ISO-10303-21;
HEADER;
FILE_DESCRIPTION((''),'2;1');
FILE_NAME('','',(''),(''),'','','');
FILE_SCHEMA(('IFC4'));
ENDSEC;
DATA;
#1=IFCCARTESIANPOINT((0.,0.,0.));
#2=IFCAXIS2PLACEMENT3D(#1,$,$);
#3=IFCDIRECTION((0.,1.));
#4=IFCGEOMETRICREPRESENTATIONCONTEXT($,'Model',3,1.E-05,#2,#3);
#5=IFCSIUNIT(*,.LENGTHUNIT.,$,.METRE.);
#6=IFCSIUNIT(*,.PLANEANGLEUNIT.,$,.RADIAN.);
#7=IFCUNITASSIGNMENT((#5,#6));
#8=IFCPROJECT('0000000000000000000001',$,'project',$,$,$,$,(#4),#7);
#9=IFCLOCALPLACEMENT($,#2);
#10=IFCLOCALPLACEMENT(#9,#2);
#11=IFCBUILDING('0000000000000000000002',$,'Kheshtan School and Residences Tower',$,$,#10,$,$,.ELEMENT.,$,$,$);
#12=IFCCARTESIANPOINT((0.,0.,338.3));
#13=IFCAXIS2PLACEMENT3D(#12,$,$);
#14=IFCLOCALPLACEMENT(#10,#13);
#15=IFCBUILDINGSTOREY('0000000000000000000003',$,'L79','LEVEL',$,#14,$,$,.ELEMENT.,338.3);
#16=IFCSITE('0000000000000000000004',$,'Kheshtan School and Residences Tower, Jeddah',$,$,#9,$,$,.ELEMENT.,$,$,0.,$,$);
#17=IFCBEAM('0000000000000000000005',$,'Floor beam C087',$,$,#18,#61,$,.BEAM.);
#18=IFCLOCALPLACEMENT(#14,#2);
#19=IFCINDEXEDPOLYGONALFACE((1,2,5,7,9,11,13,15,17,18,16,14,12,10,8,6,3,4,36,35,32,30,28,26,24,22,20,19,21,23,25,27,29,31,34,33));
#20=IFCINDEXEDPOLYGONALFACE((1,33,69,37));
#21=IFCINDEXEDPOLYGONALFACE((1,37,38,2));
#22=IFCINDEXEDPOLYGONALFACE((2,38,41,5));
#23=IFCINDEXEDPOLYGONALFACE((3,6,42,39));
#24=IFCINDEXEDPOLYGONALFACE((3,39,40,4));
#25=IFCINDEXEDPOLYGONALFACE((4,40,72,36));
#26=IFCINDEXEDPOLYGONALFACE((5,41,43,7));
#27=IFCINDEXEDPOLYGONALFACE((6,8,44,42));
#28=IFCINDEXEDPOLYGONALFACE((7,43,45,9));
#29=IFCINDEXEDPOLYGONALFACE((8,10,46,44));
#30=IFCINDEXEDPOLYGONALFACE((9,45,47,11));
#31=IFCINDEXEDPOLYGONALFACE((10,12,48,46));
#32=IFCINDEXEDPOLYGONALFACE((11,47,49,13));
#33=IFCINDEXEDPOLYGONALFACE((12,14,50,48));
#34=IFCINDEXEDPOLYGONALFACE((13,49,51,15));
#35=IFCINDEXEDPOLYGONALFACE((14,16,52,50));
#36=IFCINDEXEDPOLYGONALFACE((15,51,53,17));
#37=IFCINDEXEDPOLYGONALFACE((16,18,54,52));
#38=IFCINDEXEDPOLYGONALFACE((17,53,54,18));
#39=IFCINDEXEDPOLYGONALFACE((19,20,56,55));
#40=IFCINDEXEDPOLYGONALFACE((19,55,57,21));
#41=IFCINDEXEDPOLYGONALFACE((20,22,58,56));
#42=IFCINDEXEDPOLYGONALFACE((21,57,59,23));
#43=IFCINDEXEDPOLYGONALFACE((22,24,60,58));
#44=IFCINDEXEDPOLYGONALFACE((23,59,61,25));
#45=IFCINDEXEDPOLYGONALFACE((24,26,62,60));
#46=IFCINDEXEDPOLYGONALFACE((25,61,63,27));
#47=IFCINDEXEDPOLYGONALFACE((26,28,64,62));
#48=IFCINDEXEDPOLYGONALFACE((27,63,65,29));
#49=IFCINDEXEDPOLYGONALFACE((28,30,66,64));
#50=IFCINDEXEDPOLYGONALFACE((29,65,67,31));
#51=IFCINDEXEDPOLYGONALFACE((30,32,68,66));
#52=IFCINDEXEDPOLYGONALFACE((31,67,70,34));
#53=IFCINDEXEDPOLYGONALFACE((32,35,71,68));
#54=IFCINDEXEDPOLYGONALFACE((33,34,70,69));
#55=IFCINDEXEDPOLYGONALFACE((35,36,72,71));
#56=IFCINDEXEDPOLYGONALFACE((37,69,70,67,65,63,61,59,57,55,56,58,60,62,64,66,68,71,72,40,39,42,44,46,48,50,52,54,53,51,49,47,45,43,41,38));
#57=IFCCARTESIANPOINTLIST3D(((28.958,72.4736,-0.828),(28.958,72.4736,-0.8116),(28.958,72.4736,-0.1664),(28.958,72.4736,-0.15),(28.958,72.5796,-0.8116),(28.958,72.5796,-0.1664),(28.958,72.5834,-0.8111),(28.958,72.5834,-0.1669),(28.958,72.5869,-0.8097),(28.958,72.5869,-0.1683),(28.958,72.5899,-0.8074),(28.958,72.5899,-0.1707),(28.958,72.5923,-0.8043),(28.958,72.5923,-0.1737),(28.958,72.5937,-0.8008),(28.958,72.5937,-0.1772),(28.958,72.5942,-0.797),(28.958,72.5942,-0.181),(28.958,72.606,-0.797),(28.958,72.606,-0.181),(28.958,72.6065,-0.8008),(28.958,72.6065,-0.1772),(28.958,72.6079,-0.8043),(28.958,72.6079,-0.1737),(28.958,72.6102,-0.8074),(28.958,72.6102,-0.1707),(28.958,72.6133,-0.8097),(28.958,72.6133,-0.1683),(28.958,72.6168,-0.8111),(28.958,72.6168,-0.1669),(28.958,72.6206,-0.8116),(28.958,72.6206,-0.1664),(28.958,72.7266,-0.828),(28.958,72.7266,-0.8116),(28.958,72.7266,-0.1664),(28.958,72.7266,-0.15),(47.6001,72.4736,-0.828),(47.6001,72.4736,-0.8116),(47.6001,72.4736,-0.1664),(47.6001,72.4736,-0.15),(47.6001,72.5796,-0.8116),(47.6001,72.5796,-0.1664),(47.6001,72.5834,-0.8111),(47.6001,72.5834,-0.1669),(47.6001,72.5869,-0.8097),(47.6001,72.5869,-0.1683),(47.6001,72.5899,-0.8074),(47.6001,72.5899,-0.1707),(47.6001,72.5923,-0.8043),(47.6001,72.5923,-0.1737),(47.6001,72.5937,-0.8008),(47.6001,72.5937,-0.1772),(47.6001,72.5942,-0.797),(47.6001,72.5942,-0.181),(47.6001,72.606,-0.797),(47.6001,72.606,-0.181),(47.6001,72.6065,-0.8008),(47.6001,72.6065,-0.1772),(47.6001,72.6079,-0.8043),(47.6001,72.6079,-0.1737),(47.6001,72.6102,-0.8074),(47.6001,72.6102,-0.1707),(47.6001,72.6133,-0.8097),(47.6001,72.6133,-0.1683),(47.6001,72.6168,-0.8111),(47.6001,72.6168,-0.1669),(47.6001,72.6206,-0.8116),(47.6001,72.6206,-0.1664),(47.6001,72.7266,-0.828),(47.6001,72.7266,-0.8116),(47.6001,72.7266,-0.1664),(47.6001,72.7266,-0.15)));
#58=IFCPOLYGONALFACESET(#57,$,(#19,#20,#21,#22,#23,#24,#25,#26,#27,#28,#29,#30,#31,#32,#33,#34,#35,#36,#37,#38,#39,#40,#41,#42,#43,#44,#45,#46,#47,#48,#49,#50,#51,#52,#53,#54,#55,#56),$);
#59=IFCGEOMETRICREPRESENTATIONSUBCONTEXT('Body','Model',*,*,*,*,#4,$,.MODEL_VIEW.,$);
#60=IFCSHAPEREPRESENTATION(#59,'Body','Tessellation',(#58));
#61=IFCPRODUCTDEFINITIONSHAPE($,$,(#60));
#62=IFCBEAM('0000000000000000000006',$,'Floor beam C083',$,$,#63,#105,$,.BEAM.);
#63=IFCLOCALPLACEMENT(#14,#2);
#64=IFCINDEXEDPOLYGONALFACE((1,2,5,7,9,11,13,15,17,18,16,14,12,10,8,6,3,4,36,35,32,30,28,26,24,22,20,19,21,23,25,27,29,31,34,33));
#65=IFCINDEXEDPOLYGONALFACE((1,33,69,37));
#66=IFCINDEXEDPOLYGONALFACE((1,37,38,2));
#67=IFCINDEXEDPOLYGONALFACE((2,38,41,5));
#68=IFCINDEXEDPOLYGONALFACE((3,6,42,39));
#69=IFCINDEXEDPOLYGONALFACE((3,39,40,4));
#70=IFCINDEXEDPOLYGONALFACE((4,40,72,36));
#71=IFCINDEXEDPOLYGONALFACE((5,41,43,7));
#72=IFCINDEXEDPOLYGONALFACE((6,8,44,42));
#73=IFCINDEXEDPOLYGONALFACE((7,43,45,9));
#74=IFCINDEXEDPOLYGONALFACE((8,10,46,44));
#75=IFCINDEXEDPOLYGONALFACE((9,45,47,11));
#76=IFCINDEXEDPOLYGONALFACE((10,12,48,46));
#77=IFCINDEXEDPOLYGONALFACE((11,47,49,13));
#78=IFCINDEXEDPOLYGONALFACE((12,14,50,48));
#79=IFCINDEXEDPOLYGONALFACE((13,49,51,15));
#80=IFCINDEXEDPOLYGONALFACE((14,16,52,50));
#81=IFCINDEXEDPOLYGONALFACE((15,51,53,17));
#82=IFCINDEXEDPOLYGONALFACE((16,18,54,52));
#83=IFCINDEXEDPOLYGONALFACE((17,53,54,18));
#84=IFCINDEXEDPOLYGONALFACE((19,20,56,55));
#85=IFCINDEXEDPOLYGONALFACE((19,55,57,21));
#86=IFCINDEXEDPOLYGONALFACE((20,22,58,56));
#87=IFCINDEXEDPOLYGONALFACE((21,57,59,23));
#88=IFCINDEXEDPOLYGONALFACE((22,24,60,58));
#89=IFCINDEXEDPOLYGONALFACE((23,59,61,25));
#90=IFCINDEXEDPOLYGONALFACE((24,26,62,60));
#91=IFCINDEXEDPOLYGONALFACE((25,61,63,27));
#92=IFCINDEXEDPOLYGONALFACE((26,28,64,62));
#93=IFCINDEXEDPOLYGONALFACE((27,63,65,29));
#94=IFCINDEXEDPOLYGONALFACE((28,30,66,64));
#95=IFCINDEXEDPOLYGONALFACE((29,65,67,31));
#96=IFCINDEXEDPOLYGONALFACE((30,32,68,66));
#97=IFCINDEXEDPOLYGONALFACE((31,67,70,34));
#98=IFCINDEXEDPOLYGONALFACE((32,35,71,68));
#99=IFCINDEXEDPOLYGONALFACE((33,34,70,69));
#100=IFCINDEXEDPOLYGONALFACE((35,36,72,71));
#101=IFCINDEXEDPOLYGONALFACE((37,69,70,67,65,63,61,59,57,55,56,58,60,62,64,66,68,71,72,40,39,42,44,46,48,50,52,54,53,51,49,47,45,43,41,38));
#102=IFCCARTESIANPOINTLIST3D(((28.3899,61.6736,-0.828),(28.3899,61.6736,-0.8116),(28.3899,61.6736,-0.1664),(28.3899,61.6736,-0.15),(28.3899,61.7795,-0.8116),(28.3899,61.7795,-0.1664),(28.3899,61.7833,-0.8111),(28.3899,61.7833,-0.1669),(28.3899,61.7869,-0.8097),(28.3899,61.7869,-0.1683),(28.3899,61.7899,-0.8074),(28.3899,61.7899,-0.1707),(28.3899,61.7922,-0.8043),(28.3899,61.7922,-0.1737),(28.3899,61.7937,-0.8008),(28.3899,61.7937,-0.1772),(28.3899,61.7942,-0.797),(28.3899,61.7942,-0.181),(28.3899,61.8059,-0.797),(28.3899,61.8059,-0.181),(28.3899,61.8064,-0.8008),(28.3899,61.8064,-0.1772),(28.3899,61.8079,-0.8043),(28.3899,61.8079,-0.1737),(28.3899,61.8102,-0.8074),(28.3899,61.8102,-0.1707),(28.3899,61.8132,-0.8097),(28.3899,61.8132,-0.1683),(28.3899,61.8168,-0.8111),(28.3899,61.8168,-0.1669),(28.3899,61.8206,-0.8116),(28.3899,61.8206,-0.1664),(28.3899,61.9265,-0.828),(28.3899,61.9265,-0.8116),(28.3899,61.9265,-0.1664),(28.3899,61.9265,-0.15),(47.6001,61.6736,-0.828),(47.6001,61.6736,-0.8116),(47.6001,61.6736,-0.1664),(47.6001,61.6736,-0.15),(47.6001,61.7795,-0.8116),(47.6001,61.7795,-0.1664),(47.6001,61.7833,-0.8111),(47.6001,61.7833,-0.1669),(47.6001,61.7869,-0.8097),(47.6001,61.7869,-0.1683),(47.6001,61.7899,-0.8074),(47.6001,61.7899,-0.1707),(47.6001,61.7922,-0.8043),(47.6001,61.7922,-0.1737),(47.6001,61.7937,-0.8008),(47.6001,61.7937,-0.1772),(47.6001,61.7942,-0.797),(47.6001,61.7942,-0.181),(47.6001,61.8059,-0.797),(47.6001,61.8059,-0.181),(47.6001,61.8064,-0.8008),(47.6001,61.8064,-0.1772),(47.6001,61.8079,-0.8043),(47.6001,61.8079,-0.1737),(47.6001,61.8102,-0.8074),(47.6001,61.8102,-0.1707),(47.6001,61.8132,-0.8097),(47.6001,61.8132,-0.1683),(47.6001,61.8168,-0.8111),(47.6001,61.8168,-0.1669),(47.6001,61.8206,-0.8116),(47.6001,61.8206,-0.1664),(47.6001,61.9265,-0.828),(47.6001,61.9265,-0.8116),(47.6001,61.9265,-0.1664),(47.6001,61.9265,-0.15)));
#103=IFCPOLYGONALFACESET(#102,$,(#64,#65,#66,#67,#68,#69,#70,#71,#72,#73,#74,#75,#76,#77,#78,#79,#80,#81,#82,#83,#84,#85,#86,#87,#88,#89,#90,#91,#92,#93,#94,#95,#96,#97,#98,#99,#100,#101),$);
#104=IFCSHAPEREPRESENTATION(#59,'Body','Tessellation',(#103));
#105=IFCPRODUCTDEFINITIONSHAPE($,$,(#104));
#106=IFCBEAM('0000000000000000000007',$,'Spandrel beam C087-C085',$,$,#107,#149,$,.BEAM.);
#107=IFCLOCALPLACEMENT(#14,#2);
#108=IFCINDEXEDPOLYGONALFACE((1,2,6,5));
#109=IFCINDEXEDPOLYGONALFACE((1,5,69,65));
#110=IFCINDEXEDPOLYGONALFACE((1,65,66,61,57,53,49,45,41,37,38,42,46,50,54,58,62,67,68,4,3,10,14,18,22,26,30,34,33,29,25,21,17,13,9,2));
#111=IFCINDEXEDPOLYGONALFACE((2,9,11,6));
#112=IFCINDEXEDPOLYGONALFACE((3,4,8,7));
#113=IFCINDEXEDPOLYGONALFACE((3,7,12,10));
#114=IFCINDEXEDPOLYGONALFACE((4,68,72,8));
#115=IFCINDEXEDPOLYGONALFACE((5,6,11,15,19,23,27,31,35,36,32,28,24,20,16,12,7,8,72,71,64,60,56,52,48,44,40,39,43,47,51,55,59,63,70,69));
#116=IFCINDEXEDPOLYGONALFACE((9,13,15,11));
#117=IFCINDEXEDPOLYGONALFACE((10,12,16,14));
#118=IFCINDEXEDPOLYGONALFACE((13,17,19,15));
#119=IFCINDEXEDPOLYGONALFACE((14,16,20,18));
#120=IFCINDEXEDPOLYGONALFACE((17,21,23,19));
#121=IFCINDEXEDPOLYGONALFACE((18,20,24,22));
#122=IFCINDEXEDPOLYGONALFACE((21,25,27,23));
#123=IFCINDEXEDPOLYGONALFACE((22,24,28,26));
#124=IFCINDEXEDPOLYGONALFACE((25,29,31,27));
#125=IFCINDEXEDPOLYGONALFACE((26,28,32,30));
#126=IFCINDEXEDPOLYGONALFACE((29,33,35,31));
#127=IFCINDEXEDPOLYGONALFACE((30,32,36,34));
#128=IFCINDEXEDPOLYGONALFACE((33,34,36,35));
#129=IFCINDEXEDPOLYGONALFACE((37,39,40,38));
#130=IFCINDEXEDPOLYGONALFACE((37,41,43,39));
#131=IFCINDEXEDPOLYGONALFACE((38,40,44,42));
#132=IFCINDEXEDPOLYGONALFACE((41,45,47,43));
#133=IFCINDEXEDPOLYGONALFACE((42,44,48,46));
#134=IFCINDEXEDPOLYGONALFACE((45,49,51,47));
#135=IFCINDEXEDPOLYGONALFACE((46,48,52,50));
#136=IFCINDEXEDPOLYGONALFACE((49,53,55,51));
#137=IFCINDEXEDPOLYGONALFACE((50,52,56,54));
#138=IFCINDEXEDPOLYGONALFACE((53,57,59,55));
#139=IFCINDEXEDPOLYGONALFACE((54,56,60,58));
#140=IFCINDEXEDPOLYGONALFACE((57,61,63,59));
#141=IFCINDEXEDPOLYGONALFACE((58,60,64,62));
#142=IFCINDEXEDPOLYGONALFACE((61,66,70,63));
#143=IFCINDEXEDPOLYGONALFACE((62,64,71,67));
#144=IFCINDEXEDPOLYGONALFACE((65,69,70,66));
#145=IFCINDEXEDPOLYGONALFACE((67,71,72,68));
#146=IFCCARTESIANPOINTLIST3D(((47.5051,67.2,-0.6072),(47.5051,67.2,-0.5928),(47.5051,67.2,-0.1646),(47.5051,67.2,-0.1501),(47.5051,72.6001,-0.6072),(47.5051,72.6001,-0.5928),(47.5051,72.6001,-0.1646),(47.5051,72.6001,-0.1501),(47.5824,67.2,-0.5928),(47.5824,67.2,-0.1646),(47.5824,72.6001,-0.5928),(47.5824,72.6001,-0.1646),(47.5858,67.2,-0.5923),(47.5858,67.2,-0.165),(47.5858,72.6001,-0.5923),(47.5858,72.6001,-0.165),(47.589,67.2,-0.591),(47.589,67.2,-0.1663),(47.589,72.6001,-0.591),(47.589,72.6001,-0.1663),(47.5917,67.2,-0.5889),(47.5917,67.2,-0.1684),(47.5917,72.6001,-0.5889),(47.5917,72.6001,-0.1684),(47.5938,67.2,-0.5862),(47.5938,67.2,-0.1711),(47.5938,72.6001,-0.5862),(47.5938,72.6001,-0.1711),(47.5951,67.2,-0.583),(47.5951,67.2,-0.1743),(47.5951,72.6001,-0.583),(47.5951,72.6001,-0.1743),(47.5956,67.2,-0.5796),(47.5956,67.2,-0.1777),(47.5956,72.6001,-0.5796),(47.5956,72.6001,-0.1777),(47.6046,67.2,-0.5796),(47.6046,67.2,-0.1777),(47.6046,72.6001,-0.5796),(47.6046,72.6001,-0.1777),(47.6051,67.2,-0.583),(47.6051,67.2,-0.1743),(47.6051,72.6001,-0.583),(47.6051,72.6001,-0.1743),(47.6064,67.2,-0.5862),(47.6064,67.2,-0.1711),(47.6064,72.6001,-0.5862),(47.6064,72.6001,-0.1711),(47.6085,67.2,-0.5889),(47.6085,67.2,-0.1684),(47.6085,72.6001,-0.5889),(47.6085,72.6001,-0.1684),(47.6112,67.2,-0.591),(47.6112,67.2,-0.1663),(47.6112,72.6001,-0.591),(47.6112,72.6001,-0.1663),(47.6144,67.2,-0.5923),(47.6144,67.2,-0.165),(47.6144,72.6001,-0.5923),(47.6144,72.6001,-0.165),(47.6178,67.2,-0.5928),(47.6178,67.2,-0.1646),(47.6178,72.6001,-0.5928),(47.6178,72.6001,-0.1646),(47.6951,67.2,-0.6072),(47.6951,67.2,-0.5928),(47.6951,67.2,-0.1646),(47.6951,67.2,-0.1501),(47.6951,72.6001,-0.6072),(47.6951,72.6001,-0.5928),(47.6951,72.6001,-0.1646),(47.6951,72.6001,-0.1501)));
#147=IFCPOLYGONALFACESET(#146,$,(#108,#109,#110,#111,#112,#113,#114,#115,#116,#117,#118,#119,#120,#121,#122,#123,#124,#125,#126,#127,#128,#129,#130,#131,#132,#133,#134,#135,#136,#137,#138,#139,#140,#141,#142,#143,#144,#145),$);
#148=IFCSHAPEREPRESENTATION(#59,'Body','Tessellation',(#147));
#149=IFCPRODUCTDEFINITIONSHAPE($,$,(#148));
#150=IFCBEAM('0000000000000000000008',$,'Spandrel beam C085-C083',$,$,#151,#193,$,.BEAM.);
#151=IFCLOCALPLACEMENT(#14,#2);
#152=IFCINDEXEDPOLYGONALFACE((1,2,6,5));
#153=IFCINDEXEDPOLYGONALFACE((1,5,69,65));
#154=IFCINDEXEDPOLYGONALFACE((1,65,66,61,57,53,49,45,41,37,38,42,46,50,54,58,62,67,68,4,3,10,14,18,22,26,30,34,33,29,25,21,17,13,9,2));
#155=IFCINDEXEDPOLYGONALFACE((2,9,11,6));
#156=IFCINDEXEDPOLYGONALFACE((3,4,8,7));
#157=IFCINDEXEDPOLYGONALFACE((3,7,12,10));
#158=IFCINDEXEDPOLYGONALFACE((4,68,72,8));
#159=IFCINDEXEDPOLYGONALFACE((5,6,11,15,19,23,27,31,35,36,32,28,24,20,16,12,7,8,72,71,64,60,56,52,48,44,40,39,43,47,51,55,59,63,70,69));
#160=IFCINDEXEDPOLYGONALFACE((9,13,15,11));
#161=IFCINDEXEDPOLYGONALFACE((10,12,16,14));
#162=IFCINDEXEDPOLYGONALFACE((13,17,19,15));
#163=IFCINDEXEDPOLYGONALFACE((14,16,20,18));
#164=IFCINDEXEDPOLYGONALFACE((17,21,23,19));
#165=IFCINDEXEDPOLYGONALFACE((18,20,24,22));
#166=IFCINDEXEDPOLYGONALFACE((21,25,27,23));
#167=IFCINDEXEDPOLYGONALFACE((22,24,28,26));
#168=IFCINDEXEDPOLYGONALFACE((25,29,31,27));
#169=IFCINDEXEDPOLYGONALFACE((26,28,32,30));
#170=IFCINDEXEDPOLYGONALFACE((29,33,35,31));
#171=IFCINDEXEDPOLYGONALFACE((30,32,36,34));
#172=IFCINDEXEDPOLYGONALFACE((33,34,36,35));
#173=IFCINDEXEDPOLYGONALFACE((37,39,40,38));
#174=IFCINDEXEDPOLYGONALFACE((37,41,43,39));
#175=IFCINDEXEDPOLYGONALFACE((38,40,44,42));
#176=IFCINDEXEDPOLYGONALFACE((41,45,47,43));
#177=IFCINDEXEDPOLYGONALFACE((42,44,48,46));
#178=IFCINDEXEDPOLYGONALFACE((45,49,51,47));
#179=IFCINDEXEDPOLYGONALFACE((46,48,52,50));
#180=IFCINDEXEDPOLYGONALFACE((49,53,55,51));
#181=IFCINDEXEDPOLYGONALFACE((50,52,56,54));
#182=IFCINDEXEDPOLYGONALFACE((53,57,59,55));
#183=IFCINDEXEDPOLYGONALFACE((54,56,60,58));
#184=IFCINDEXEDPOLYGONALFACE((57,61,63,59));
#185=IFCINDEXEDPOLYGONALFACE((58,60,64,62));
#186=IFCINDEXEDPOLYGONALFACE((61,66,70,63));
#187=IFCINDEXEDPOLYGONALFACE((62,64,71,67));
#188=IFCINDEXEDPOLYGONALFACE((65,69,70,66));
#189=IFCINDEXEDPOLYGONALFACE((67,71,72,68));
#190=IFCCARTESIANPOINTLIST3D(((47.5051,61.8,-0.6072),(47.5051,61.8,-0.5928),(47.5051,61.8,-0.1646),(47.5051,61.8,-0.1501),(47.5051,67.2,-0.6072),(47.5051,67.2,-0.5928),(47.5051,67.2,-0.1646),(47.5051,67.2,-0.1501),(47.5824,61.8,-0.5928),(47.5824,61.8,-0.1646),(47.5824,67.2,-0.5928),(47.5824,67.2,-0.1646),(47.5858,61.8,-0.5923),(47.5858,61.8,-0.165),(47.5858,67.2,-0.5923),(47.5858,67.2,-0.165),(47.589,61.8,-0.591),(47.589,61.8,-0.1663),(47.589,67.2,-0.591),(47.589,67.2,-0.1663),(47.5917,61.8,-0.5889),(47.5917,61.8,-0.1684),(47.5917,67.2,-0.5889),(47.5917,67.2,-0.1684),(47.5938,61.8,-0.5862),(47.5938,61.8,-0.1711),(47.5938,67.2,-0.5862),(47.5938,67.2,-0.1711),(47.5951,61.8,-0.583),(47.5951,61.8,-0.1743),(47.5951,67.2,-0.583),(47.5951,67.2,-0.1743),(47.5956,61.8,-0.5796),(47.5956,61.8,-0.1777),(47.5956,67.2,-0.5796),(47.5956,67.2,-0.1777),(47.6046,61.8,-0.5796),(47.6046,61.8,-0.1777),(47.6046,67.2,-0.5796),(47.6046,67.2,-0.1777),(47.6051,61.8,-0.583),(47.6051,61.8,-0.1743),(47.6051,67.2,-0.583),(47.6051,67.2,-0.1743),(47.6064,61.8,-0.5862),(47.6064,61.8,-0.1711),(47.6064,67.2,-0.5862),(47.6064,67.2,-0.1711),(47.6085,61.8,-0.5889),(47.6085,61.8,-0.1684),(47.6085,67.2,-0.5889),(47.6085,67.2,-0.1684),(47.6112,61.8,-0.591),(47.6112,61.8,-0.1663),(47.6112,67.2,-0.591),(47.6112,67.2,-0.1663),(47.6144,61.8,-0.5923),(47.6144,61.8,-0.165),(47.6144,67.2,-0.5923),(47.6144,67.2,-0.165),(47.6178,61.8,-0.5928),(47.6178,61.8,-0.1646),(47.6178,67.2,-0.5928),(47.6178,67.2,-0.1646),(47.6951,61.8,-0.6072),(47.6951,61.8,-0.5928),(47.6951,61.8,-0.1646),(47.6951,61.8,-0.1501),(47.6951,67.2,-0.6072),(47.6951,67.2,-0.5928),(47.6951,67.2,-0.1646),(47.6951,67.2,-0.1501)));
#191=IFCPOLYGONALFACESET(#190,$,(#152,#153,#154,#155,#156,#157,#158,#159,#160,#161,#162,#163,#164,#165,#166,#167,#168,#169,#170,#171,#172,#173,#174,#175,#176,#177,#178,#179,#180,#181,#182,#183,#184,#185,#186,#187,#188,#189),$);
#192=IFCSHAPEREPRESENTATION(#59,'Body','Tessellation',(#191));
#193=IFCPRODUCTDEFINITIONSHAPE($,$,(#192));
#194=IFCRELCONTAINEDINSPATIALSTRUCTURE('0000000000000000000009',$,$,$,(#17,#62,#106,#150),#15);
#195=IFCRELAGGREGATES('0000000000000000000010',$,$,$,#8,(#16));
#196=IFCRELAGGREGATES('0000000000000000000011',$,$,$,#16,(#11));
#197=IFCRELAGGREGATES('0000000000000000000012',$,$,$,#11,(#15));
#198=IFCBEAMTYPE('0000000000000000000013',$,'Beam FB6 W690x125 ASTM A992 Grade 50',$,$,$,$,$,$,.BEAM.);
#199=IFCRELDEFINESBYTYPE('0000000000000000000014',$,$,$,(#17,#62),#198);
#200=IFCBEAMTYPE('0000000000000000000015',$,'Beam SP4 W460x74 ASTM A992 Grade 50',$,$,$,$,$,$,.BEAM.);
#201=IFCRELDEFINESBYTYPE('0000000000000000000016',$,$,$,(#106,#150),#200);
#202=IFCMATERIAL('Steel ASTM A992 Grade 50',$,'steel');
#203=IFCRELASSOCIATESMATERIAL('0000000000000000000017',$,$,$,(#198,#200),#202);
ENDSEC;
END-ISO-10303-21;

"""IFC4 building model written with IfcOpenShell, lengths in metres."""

from ifc_helpers import new_model, si_unit, direction, frame, origin, origin_2d, place, context, subcontext, project, spatial, i_section, extrude, material, material_profile, profile_set, type_object, element, save


model = new_model("IFC4")

# Units and contexts
model_context = context("Model", 3, precision=1e-05, world=origin(), true_north=direction((0.0, 1.0)))
body_context = subcontext(model_context, "Body", "Model", "MODEL_VIEW")
ifc_project = project(units=[si_unit("LENGTHUNIT", "METRE"), si_unit("PLANEANGLEUNIT", "RADIAN")], contexts=[model_context])

# Site, building, storey
site_placement = place(None, origin())
site = spatial("IfcSite", under=ifc_project, at=site_placement, Name="Kheshtan School and Residences Tower, Jeddah", CompositionType="ELEMENT", RefElevation=0.0)
building_placement = place(site_placement, origin())
building = spatial("IfcBuilding", under=site, at=building_placement, Name="Kheshtan School and Residences Tower", CompositionType="ELEMENT")
storey_placement = place(building_placement, frame((0.0, 0.0, 338.3)))
storey = spatial("IfcBuildingStorey", under=building, at=storey_placement, Name="L79", Description="LEVEL", CompositionType="ELEMENT", Elevation=338.3)

# Shared definitions
ifc_material_1 = material(Name="Steel ASTM A992 Grade 50", Category="steel")

# Beams
ifc_material_profile_1 = material_profile(ifc_material_1, i_section(OverallWidth=0.2529, OverallDepth=0.678, WebThickness=0.0117, FlangeThickness=0.0164, FilletRadius=0.0146, at=origin_2d()), Name="W690x125")
ifc_profile_set_1 = profile_set([ifc_material_profile_1], Name="Steel ASTM A992 Grade 50")
beam_type_1 = type_object("IfcBeamType", Name="Beam FB6 W690x125 ASTM A992 Grade 50", PredefinedType="BEAM", material=ifc_profile_set_1)
beam_1_placement = place(storey_placement, frame((47.6001, 72.6001, -0.489), z_axis=(-1.0, 0.0, 0.0), x_axis=(0.0, -1.0, 0.0)))
element("IfcBeam", 1, at=beam_1_placement, inside=storey, type_object=beam_type_1, Name="Floor beam C087", PredefinedType="BEAM", context=body_context, shape_type="SweptSolid", body=[
    extrude(i_section(OverallWidth=0.2529, OverallDepth=0.678, WebThickness=0.0117, FlangeThickness=0.0164, FilletRadius=0.0146, at=origin_2d()), origin(), (0.0, 0.0, 1.0), 18.6421),
])
beam_2_placement = place(storey_placement, frame((47.6001, 61.8, -0.489), z_axis=(-1.0, 0.0, 0.0), x_axis=(0.0, -1.0, 0.0)))
element("IfcBeam", 2, at=beam_2_placement, inside=storey, type_object=beam_type_1, Name="Floor beam C083", PredefinedType="BEAM", context=body_context, shape_type="SweptSolid", body=[
    extrude(i_section(OverallWidth=0.2529, OverallDepth=0.678, WebThickness=0.0117, FlangeThickness=0.0164, FilletRadius=0.0146, at=origin_2d()), origin(), (0.0, 0.0, 1.0), 19.2102),
])
ifc_material_profile_2 = material_profile(ifc_material_1, i_section(OverallWidth=0.1899, OverallDepth=0.457, WebThickness=0.009, FlangeThickness=0.0144, FilletRadius=0.0132, at=origin_2d()), Name="W460x74")
ifc_profile_set_2 = profile_set([ifc_material_profile_2], Name="Steel ASTM A992 Grade 50")
beam_type_2 = type_object("IfcBeamType", Name="Beam SP4 W460x74 ASTM A992 Grade 50", PredefinedType="BEAM", material=ifc_profile_set_2)
beam_3_placement = place(storey_placement, frame((47.6001, 72.6001, -0.3787), z_axis=(0.0, -1.0, 0.0), x_axis=(1.0, 0.0, 0.0)))
element("IfcBeam", 3, at=beam_3_placement, inside=storey, type_object=beam_type_2, Name="Spandrel beam C087-C085", PredefinedType="BEAM", context=body_context, shape_type="SweptSolid", body=[
    extrude(i_section(OverallWidth=0.1899, OverallDepth=0.457, WebThickness=0.009, FlangeThickness=0.0144, FilletRadius=0.0132, at=origin_2d()), origin(), (0.0, 0.0, 1.0), 5.4001),
])
beam_4_placement = place(storey_placement, frame((47.6001, 67.2, -0.3787), z_axis=(0.0, -1.0, 0.0), x_axis=(1.0, 0.0, 0.0)))
element("IfcBeam", 4, at=beam_4_placement, inside=storey, type_object=beam_type_2, Name="Spandrel beam C085-C083", PredefinedType="BEAM", context=body_context, shape_type="SweptSolid", body=[
    extrude(i_section(OverallWidth=0.1899, OverallDepth=0.457, WebThickness=0.009, FlangeThickness=0.0144, FilletRadius=0.0132, at=origin_2d()), origin(), (0.0, 0.0, 1.0), 5.3999),
])

save(model, "model.ifc")
